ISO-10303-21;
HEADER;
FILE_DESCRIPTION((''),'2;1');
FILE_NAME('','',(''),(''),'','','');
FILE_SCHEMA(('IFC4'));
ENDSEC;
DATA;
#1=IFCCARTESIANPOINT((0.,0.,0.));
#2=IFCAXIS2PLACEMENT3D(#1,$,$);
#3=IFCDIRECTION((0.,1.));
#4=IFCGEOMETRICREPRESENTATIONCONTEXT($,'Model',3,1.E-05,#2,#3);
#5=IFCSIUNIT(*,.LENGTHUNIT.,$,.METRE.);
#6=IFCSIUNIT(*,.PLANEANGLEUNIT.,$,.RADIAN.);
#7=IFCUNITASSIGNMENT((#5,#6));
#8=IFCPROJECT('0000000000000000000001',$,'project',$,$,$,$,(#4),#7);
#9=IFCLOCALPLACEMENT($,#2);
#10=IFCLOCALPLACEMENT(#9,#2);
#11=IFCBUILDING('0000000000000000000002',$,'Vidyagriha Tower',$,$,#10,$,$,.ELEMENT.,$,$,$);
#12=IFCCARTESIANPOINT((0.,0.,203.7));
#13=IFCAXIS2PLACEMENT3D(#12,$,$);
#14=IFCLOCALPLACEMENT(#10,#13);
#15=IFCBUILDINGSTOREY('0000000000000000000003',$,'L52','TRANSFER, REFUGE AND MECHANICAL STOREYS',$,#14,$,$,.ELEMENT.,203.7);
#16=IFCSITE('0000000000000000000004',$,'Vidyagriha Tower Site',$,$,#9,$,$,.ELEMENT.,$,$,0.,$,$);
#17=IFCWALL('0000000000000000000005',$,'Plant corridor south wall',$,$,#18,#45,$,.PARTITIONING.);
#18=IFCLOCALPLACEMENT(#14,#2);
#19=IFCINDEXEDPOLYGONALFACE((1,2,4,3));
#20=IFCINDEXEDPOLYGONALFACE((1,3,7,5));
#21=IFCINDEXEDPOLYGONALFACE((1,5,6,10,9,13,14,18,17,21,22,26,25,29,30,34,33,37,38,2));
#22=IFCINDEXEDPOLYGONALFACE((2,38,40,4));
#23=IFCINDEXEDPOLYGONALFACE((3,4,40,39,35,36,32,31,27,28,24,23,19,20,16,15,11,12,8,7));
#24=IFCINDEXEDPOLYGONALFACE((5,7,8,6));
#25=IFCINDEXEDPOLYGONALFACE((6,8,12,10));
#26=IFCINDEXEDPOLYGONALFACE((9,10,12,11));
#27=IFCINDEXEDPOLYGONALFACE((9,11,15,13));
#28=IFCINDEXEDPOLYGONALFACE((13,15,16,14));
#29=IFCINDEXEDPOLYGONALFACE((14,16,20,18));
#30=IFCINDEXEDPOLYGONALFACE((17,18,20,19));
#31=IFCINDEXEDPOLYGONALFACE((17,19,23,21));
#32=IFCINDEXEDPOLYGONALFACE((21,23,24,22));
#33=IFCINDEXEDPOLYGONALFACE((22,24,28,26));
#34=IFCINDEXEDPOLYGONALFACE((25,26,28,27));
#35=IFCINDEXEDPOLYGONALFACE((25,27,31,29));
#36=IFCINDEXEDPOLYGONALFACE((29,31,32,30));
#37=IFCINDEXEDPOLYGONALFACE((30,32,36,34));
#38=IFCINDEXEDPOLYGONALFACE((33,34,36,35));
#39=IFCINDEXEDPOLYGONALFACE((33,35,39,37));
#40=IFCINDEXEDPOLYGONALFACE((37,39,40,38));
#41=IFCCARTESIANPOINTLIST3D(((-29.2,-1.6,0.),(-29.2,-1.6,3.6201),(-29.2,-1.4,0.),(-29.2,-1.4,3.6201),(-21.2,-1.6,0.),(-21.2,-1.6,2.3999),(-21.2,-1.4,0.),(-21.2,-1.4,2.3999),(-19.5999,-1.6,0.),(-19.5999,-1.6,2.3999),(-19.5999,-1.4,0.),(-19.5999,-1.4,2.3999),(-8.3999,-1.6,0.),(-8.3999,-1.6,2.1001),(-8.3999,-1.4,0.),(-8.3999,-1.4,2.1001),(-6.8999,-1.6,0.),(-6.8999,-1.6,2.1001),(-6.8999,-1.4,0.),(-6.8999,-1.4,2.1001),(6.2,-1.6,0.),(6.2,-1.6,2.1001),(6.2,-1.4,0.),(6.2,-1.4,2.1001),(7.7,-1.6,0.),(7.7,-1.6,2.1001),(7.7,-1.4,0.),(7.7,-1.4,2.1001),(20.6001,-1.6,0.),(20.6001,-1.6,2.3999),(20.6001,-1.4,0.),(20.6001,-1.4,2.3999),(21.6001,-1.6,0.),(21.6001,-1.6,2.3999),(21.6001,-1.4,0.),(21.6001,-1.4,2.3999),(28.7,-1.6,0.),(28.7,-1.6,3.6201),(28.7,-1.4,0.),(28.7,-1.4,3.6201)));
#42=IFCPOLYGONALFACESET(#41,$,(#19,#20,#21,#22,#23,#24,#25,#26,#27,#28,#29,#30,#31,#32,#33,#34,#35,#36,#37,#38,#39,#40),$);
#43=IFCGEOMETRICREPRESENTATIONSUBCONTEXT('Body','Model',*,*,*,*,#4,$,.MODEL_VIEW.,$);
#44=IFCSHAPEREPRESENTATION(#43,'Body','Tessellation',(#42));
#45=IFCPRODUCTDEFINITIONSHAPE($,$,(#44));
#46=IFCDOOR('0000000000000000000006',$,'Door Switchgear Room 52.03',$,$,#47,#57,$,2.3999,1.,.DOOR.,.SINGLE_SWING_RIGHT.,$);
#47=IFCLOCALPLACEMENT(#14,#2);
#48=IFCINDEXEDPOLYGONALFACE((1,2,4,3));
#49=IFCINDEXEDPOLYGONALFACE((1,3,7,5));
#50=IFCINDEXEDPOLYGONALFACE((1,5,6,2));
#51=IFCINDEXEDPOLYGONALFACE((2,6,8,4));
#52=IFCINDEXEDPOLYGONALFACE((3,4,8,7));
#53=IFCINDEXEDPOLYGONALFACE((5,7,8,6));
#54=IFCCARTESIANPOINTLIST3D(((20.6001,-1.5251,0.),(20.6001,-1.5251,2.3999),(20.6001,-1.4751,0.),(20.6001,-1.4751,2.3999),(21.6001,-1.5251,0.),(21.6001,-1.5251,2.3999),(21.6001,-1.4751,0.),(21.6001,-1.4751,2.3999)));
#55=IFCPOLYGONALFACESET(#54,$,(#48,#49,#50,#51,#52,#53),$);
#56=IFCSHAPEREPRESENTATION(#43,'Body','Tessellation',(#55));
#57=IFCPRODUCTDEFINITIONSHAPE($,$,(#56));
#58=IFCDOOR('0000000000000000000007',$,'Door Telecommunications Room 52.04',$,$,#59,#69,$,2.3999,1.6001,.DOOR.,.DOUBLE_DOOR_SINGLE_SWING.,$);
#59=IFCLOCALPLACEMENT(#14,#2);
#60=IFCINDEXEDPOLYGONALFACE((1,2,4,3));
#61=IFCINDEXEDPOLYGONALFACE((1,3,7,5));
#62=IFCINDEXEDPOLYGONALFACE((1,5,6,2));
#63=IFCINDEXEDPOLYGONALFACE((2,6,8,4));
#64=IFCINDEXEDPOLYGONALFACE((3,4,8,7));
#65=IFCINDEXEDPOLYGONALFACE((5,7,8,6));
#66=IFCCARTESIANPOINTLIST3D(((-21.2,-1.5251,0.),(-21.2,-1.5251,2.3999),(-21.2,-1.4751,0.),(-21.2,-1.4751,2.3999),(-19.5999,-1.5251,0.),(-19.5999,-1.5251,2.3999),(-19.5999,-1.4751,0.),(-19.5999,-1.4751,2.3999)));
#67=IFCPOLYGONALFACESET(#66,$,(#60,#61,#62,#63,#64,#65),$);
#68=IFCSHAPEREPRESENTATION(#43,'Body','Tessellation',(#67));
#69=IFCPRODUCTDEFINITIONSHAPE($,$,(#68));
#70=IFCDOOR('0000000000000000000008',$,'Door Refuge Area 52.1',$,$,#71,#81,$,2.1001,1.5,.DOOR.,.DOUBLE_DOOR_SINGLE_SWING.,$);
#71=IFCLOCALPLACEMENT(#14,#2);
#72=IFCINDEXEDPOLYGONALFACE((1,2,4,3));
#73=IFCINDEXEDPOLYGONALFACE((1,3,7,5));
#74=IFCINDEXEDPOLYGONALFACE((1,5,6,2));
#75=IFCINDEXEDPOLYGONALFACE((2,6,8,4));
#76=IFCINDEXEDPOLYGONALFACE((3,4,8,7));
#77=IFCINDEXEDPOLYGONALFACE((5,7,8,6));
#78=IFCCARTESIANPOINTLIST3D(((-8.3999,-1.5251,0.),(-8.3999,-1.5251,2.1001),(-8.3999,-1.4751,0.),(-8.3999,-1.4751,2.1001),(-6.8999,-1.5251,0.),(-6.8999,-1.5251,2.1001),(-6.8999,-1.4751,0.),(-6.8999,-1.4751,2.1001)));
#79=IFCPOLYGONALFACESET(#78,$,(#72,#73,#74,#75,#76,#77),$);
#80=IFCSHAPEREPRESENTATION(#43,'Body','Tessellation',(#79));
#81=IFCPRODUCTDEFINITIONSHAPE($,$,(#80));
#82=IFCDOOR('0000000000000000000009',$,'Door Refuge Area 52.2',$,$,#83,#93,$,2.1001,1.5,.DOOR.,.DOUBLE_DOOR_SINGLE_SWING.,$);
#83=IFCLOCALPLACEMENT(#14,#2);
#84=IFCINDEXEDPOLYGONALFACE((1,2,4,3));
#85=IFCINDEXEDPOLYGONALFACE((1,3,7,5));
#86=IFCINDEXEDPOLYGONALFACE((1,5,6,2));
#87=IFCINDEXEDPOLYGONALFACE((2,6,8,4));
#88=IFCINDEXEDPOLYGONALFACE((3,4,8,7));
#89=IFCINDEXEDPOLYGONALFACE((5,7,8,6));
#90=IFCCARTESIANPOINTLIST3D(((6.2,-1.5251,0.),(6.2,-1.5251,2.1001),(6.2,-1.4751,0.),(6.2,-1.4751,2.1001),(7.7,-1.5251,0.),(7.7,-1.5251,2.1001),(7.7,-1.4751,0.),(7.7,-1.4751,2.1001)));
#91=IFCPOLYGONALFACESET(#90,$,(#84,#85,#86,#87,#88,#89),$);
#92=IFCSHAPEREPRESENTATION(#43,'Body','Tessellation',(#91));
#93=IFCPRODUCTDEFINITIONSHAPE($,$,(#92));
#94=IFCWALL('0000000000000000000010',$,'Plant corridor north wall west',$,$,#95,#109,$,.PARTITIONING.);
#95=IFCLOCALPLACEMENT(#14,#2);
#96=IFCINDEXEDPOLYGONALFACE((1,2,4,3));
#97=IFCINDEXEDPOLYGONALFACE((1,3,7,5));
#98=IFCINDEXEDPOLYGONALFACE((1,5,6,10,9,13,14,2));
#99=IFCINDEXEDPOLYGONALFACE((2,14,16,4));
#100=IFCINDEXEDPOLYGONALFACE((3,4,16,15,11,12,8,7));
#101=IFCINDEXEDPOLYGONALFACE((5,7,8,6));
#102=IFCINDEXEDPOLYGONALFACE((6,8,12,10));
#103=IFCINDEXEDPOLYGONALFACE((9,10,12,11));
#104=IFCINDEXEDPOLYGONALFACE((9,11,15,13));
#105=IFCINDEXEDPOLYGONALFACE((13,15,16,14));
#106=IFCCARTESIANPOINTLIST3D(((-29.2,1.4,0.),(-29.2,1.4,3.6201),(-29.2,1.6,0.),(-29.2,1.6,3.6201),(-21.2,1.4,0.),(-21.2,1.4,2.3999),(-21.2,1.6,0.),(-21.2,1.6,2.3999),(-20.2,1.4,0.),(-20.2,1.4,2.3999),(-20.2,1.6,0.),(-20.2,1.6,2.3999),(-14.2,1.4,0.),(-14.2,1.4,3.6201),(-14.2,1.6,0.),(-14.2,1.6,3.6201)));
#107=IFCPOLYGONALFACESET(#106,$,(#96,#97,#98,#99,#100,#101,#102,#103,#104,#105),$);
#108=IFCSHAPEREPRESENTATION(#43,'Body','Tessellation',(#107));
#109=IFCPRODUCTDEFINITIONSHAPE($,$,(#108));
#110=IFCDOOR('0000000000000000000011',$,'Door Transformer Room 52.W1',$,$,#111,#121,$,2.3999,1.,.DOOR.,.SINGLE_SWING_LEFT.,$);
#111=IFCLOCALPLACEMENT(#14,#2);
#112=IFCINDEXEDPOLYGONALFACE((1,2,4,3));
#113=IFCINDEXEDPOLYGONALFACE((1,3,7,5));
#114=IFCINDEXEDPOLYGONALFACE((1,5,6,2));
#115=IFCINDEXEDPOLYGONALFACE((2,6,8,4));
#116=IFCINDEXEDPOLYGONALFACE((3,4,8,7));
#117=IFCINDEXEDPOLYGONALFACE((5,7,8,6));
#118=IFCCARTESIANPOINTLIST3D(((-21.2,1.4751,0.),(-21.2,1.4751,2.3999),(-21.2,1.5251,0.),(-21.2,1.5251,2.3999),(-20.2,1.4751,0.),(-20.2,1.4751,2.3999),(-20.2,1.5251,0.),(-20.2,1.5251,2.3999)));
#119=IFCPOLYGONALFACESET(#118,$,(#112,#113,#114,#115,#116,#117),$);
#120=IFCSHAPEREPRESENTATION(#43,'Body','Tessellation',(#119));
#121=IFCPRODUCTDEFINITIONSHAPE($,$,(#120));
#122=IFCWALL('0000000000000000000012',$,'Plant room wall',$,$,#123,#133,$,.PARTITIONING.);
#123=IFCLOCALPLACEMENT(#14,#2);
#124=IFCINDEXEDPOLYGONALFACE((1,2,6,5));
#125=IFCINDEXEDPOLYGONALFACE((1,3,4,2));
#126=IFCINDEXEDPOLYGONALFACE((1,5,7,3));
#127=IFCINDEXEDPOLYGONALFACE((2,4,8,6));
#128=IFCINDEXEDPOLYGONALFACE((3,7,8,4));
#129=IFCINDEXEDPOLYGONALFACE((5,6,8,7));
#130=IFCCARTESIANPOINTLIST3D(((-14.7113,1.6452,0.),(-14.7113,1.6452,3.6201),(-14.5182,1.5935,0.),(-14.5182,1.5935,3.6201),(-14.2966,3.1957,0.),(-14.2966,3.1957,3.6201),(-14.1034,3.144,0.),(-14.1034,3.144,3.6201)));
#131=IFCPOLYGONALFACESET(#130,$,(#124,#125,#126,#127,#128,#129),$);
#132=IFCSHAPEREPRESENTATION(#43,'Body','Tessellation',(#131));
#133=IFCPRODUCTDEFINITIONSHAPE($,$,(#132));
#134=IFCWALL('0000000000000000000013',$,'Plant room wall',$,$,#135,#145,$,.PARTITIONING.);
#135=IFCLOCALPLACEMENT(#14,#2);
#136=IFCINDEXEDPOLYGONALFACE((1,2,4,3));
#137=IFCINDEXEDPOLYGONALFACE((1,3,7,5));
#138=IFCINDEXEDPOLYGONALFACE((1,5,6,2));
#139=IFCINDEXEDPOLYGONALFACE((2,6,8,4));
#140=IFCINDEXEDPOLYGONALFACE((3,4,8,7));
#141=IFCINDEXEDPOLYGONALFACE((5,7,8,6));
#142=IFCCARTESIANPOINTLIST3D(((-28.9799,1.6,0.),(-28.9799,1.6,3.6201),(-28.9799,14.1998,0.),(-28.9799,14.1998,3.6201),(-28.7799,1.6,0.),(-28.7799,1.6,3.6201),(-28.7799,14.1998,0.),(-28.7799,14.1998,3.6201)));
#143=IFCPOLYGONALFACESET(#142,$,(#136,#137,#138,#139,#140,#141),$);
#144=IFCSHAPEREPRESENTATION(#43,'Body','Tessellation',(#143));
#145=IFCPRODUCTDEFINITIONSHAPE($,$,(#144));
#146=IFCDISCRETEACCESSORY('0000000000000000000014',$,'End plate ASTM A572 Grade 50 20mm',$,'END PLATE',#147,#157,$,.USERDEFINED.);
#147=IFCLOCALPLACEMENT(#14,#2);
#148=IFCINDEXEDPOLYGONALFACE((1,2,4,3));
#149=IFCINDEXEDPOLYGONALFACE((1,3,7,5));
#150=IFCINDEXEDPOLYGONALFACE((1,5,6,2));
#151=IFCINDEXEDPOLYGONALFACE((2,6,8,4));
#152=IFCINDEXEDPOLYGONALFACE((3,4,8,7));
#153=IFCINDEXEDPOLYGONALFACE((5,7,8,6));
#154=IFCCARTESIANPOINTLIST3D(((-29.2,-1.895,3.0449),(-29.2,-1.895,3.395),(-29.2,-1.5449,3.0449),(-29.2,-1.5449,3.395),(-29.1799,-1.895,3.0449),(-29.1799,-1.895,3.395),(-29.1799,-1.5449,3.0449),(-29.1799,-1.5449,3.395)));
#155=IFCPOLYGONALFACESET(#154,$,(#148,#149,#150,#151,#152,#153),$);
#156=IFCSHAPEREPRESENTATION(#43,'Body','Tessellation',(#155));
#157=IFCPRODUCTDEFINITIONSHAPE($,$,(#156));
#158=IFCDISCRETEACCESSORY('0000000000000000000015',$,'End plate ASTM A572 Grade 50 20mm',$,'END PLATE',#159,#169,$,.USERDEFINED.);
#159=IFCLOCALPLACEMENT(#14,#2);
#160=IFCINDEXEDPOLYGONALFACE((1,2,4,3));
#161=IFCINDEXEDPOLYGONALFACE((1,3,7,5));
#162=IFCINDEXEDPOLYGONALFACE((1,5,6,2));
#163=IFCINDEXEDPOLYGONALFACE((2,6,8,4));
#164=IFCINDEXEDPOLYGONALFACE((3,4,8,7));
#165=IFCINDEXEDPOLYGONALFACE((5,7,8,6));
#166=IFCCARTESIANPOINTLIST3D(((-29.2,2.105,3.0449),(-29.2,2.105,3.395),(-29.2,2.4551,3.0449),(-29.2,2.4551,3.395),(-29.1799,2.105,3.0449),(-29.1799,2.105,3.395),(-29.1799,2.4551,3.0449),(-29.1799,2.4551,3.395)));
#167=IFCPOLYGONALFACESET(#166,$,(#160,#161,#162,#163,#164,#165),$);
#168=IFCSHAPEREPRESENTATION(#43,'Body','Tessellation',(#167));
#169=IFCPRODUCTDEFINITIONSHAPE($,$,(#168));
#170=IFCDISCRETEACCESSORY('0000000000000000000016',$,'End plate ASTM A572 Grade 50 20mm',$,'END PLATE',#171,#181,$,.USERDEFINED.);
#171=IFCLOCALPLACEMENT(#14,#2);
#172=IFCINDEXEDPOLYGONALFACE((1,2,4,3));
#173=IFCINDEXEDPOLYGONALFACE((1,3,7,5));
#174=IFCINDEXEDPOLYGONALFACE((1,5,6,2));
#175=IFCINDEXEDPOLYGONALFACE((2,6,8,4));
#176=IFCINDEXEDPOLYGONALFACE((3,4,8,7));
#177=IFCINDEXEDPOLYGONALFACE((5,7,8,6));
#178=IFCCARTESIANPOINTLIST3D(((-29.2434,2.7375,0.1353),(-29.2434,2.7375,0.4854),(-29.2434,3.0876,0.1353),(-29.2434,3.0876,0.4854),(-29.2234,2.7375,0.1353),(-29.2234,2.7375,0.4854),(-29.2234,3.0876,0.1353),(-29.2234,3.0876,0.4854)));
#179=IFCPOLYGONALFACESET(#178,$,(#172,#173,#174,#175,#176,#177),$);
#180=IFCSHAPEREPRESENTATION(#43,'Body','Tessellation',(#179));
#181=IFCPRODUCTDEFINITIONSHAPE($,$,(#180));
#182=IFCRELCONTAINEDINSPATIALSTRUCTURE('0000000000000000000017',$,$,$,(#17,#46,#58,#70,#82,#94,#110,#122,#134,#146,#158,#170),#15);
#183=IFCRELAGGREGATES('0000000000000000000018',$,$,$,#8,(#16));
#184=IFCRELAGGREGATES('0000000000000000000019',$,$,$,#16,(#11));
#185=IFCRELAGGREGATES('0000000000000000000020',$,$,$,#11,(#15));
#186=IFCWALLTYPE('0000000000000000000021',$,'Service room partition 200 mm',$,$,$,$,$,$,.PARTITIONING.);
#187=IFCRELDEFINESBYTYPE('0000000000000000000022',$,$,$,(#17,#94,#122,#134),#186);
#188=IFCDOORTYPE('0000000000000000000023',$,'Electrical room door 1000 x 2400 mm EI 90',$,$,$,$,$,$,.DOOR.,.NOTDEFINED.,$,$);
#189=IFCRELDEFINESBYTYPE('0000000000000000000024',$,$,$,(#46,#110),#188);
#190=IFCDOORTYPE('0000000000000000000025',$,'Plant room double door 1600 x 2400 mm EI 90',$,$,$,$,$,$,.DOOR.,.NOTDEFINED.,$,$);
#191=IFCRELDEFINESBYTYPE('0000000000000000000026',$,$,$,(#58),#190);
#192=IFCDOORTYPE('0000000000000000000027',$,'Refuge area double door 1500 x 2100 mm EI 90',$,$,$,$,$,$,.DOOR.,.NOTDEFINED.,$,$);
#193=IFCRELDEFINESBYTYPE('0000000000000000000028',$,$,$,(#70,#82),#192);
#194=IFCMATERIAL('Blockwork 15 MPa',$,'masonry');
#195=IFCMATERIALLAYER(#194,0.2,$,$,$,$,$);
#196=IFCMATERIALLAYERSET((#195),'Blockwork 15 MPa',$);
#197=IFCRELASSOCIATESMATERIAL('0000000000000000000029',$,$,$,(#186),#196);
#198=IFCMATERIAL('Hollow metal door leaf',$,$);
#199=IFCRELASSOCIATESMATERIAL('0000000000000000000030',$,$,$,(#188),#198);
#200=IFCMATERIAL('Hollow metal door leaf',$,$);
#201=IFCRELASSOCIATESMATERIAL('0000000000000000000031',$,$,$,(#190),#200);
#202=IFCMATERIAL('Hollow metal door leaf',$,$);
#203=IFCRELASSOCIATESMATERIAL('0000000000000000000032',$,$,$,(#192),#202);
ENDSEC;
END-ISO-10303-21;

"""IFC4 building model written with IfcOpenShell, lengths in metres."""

from ifc_helpers import new_model, si_unit, direction, frame, frame_2d, origin, origin_2d, place, context, subcontext, project, spatial, rectangle, extrude, material, layer, layer_set, type_object, element, fill, save


model = new_model("IFC4")

# Units and contexts
model_context = context("Model", 3, precision=1e-05, world=origin(), true_north=direction((0.0, 1.0)))
body_context = subcontext(model_context, "Body", "Model", "MODEL_VIEW")
ifc_project = project(units=[si_unit("LENGTHUNIT", "METRE"), si_unit("PLANEANGLEUNIT", "RADIAN")], contexts=[model_context])

# Site, building, storey
site_placement = place(None, origin())
site = spatial("IfcSite", under=ifc_project, at=site_placement, Name="Vidyagriha Tower Site", CompositionType="ELEMENT", RefElevation=0.0)
building_placement = place(site_placement, origin())
building = spatial("IfcBuilding", under=site, at=building_placement, Name="Vidyagriha Tower", CompositionType="ELEMENT")
storey_placement = place(building_placement, frame((0.0, 0.0, 203.7)))
storey = spatial("IfcBuildingStorey", under=building, at=storey_placement, Name="L52", Description="TRANSFER, REFUGE AND MECHANICAL STOREYS", CompositionType="ELEMENT", Elevation=203.7)

# Wall, openings, doors
ifc_material_1 = material(Name="Blockwork 15 MPa", Category="masonry")
ifc_layer_1 = layer(ifc_material_1, 0.2)
ifc_layer_set_1 = layer_set([ifc_layer_1], Name="Blockwork 15 MPa")
wall_type = type_object("IfcWallType", Name="Service room partition 200 mm", PredefinedType="PARTITIONING", material=ifc_layer_set_1)
wall_1_placement = place(storey_placement, frame((-29.2, -1.5, 0.0)))
wall_1 = element("IfcWall", 1, at=wall_1_placement, inside=storey, type_object=wall_type, Name="Plant corridor south wall", PredefinedType="PARTITIONING", context=body_context, shape_type="SweptSolid", body=[
    extrude(rectangle(XDim=57.8999, YDim=0.2, at=frame_2d((28.95, 0.0))), origin(), (0.0, 0.0, 1.0), 3.6201),
])
opening_1_placement = place(wall_1_placement, frame((20.8, 0.0, 0.0)))
opening_1 = element("IfcOpeningElement", 2, at=opening_1_placement, cuts=wall_1, PredefinedType="OPENING", context=body_context, shape_type="SweptSolid", body=[
    extrude(rectangle(XDim=1.5, YDim=2.1001, at=frame_2d((0.75, 1.05))), frame((0.0, 0.1099, 0.0), z_axis=(0.0, -1.0, 0.0), x_axis=(1.0, 0.0, 0.0)), (0.0, 0.0, 1.0), 0.22),
])
opening_2_placement = place(wall_1_placement, frame((35.3999, 0.0, 0.0)))
opening_2 = element("IfcOpeningElement", 3, at=opening_2_placement, cuts=wall_1, PredefinedType="OPENING", context=body_context, shape_type="SweptSolid", body=[
    extrude(rectangle(XDim=1.5, YDim=2.1001, at=frame_2d((0.75, 1.05))), frame((0.0, 0.1099, 0.0), z_axis=(0.0, -1.0, 0.0), x_axis=(1.0, 0.0, 0.0)), (0.0, 0.0, 1.0), 0.22),
])
opening_3_placement = place(wall_1_placement, frame((49.8, 0.0, 0.0)))
opening_3 = element("IfcOpeningElement", 4, at=opening_3_placement, cuts=wall_1, PredefinedType="OPENING", context=body_context, shape_type="SweptSolid", body=[
    extrude(rectangle(XDim=1.0, YDim=2.3999, at=frame_2d((0.5, 1.2))), frame((0.0, 0.1099, 0.0), z_axis=(0.0, -1.0, 0.0), x_axis=(1.0, 0.0, 0.0)), (0.0, 0.0, 1.0), 0.22),
])
opening_4_placement = place(wall_1_placement, frame((8.0, 0.0, 0.0)))
opening_4 = element("IfcOpeningElement", 5, at=opening_4_placement, cuts=wall_1, PredefinedType="OPENING", context=body_context, shape_type="SweptSolid", body=[
    extrude(rectangle(XDim=1.6001, YDim=2.3999, at=frame_2d((0.8, 1.2))), frame((0.0, 0.1099, 0.0), z_axis=(0.0, -1.0, 0.0), x_axis=(1.0, 0.0, 0.0)), (0.0, 0.0, 1.0), 0.22),
])
ifc_material_2 = material(Name="Hollow metal door leaf")
door_type_1 = type_object("IfcDoorType", Name="Electrical room door 1000 x 2400 mm EI 90", OperationType="NOTDEFINED", PredefinedType="DOOR", material=ifc_material_2)
door_1_placement = place(opening_3_placement, origin())
door_1 = element("IfcDoor", 6, at=door_1_placement, inside=storey, type_object=door_type_1, Name="Door Switchgear Room 52.03", OperationType="SINGLE_SWING_RIGHT", OverallHeight=2.3999, OverallWidth=1.0, PredefinedType="DOOR", context=body_context, shape_type="SweptSolid", body=[
    extrude(rectangle(XDim=1.0, YDim=2.3999, at=frame_2d((0.5, 1.2))), frame((0.0, 0.0249, 0.0), z_axis=(0.0, -1.0, 0.0), x_axis=(1.0, 0.0, 0.0)), (0.0, 0.0, 1.0), 0.05),
])
fill(opening_3, door_1)
ifc_material_3 = material(Name="Hollow metal door leaf")
door_type_2 = type_object("IfcDoorType", Name="Plant room double door 1600 x 2400 mm EI 90", OperationType="NOTDEFINED", PredefinedType="DOOR", material=ifc_material_3)
door_2_placement = place(opening_4_placement, origin())
door_2 = element("IfcDoor", 7, at=door_2_placement, inside=storey, type_object=door_type_2, Name="Door Telecommunications Room 52.04", OperationType="DOUBLE_DOOR_SINGLE_SWING", OverallHeight=2.3999, OverallWidth=1.6001, PredefinedType="DOOR", context=body_context, shape_type="SweptSolid", body=[
    extrude(rectangle(XDim=1.6001, YDim=2.3999, at=frame_2d((0.8, 1.2))), frame((0.0, 0.0249, 0.0), z_axis=(0.0, -1.0, 0.0), x_axis=(1.0, 0.0, 0.0)), (0.0, 0.0, 1.0), 0.05),
])
fill(opening_4, door_2)
ifc_material_4 = material(Name="Hollow metal door leaf")
door_type_3 = type_object("IfcDoorType", Name="Refuge area double door 1500 x 2100 mm EI 90", OperationType="NOTDEFINED", PredefinedType="DOOR", material=ifc_material_4)
door_3_placement = place(opening_1_placement, origin())
door_3 = element("IfcDoor", 8, at=door_3_placement, inside=storey, type_object=door_type_3, Name="Door Refuge Area 52.1", OperationType="DOUBLE_DOOR_SINGLE_SWING", OverallHeight=2.1001, OverallWidth=1.5, PredefinedType="DOOR", context=body_context, shape_type="SweptSolid", body=[
    extrude(rectangle(XDim=1.5, YDim=2.1001, at=frame_2d((0.75, 1.05))), frame((0.0, 0.0249, 0.0), z_axis=(0.0, -1.0, 0.0), x_axis=(1.0, 0.0, 0.0)), (0.0, 0.0, 1.0), 0.05),
])
fill(opening_1, door_3)
door_4_placement = place(opening_2_placement, origin())
door_4 = element("IfcDoor", 9, at=door_4_placement, inside=storey, type_object=door_type_3, Name="Door Refuge Area 52.2", OperationType="DOUBLE_DOOR_SINGLE_SWING", OverallHeight=2.1001, OverallWidth=1.5, PredefinedType="DOOR", context=body_context, shape_type="SweptSolid", body=[
    extrude(rectangle(XDim=1.5, YDim=2.1001, at=frame_2d((0.75, 1.05))), frame((0.0, 0.0249, 0.0), z_axis=(0.0, -1.0, 0.0), x_axis=(1.0, 0.0, 0.0)), (0.0, 0.0, 1.0), 0.05),
])
fill(opening_2, door_4)

# Wall, opening, door
wall_2_placement = place(storey_placement, frame((-29.2, 1.5, 0.0)))
wall_2 = element("IfcWall", 10, at=wall_2_placement, inside=storey, type_object=wall_type, Name="Plant corridor north wall west", PredefinedType="PARTITIONING", context=body_context, shape_type="SweptSolid", body=[
    extrude(rectangle(XDim=15.0, YDim=0.2, at=frame_2d((7.5, 0.0))), origin(), (0.0, 0.0, 1.0), 3.6201),
])
opening_5_placement = place(wall_2_placement, frame((8.0, 0.0, 0.0)))
opening_5 = element("IfcOpeningElement", 11, at=opening_5_placement, cuts=wall_2, PredefinedType="OPENING", context=body_context, shape_type="SweptSolid", body=[
    extrude(rectangle(XDim=1.0, YDim=2.3999, at=frame_2d((0.5, 1.2))), frame((0.0, 0.1099, 0.0), z_axis=(0.0, -1.0, 0.0), x_axis=(1.0, 0.0, 0.0)), (0.0, 0.0, 1.0), 0.22),
])
door_5_placement = place(opening_5_placement, frame((1.0, 0.0, 0.0), z_axis=(0.0, 0.0, 1.0), x_axis=(-1.0, 0.0, 0.0)))
door_5 = element("IfcDoor", 12, at=door_5_placement, inside=storey, type_object=door_type_1, Name="Door Transformer Room 52.W1", OperationType="SINGLE_SWING_LEFT", OverallHeight=2.3999, OverallWidth=1.0, PredefinedType="DOOR", context=body_context, shape_type="SweptSolid", body=[
    extrude(rectangle(XDim=1.0, YDim=2.3999, at=frame_2d((0.5, 1.2))), frame((0.0, 0.0249, 0.0), z_axis=(0.0, -1.0, 0.0), x_axis=(1.0, 0.0, 0.0)), (0.0, 0.0, 1.0), 0.05),
])
fill(opening_5, door_5)

# Walls
wall_3_placement = place(storey_placement, frame((-14.6147, 1.6194, 0.0), z_axis=(0.0, 0.0, 1.0), x_axis=(0.258429, 0.96603, 0.0)))
element("IfcWall", 13, at=wall_3_placement, inside=storey, type_object=wall_type, Name="Plant room wall", PredefinedType="PARTITIONING", context=body_context, shape_type="SweptSolid", body=[
    extrude(rectangle(XDim=1.605, YDim=0.2, at=frame_2d((0.8025, 0.0))), origin(), (0.0, 0.0, 1.0), 3.6201),
])
wall_4_placement = place(storey_placement, frame((-28.8799, 1.6001, 0.0), z_axis=(0.0, 0.0, 1.0), x_axis=(0.0, 1.0, 0.0)))
element("IfcWall", 14, at=wall_4_placement, inside=storey, type_object=wall_type, Name="Plant room wall", PredefinedType="PARTITIONING", context=body_context, shape_type="SweptSolid", body=[
    extrude(rectangle(XDim=12.5999, YDim=0.2, at=frame_2d((6.2998, 0.0))), origin(), (0.0, 0.0, 1.0), 3.6201),
])

# Discrete accessories
for number, where, z_axis, x_axis, name in (
    (15, (-29.1899, -1.72, 3.0449), (0.0, 0.0, 1.0), (0.0, -1.0, 0.0), "End plate ASTM A572 Grade 50 20mm"),
    (16, (-29.1899, 2.28, 3.0449), (0.0, 0.0, 1.0), (0.0, -1.0, 0.0), "End plate ASTM A572 Grade 50 20mm"),
    (17, (-29.2334, 2.9126, 0.1353), (0.0, 0.0, 1.0), (0.0, -1.0, 0.0), "End plate ASTM A572 Grade 50 20mm"),
):
    element("IfcDiscreteAccessory", number, at=place(storey_placement, frame(where, z_axis=z_axis, x_axis=x_axis)), inside=storey, Name=name, ObjectType="END PLATE", PredefinedType="USERDEFINED", context=body_context, shape_type="SweptSolid", body=[
        extrude(rectangle(XDim=0.3501, YDim=0.02, at=origin_2d()), origin(), (0.0, 0.0, 1.0), 0.3501),
    ])

save(model, "model.ifc")
